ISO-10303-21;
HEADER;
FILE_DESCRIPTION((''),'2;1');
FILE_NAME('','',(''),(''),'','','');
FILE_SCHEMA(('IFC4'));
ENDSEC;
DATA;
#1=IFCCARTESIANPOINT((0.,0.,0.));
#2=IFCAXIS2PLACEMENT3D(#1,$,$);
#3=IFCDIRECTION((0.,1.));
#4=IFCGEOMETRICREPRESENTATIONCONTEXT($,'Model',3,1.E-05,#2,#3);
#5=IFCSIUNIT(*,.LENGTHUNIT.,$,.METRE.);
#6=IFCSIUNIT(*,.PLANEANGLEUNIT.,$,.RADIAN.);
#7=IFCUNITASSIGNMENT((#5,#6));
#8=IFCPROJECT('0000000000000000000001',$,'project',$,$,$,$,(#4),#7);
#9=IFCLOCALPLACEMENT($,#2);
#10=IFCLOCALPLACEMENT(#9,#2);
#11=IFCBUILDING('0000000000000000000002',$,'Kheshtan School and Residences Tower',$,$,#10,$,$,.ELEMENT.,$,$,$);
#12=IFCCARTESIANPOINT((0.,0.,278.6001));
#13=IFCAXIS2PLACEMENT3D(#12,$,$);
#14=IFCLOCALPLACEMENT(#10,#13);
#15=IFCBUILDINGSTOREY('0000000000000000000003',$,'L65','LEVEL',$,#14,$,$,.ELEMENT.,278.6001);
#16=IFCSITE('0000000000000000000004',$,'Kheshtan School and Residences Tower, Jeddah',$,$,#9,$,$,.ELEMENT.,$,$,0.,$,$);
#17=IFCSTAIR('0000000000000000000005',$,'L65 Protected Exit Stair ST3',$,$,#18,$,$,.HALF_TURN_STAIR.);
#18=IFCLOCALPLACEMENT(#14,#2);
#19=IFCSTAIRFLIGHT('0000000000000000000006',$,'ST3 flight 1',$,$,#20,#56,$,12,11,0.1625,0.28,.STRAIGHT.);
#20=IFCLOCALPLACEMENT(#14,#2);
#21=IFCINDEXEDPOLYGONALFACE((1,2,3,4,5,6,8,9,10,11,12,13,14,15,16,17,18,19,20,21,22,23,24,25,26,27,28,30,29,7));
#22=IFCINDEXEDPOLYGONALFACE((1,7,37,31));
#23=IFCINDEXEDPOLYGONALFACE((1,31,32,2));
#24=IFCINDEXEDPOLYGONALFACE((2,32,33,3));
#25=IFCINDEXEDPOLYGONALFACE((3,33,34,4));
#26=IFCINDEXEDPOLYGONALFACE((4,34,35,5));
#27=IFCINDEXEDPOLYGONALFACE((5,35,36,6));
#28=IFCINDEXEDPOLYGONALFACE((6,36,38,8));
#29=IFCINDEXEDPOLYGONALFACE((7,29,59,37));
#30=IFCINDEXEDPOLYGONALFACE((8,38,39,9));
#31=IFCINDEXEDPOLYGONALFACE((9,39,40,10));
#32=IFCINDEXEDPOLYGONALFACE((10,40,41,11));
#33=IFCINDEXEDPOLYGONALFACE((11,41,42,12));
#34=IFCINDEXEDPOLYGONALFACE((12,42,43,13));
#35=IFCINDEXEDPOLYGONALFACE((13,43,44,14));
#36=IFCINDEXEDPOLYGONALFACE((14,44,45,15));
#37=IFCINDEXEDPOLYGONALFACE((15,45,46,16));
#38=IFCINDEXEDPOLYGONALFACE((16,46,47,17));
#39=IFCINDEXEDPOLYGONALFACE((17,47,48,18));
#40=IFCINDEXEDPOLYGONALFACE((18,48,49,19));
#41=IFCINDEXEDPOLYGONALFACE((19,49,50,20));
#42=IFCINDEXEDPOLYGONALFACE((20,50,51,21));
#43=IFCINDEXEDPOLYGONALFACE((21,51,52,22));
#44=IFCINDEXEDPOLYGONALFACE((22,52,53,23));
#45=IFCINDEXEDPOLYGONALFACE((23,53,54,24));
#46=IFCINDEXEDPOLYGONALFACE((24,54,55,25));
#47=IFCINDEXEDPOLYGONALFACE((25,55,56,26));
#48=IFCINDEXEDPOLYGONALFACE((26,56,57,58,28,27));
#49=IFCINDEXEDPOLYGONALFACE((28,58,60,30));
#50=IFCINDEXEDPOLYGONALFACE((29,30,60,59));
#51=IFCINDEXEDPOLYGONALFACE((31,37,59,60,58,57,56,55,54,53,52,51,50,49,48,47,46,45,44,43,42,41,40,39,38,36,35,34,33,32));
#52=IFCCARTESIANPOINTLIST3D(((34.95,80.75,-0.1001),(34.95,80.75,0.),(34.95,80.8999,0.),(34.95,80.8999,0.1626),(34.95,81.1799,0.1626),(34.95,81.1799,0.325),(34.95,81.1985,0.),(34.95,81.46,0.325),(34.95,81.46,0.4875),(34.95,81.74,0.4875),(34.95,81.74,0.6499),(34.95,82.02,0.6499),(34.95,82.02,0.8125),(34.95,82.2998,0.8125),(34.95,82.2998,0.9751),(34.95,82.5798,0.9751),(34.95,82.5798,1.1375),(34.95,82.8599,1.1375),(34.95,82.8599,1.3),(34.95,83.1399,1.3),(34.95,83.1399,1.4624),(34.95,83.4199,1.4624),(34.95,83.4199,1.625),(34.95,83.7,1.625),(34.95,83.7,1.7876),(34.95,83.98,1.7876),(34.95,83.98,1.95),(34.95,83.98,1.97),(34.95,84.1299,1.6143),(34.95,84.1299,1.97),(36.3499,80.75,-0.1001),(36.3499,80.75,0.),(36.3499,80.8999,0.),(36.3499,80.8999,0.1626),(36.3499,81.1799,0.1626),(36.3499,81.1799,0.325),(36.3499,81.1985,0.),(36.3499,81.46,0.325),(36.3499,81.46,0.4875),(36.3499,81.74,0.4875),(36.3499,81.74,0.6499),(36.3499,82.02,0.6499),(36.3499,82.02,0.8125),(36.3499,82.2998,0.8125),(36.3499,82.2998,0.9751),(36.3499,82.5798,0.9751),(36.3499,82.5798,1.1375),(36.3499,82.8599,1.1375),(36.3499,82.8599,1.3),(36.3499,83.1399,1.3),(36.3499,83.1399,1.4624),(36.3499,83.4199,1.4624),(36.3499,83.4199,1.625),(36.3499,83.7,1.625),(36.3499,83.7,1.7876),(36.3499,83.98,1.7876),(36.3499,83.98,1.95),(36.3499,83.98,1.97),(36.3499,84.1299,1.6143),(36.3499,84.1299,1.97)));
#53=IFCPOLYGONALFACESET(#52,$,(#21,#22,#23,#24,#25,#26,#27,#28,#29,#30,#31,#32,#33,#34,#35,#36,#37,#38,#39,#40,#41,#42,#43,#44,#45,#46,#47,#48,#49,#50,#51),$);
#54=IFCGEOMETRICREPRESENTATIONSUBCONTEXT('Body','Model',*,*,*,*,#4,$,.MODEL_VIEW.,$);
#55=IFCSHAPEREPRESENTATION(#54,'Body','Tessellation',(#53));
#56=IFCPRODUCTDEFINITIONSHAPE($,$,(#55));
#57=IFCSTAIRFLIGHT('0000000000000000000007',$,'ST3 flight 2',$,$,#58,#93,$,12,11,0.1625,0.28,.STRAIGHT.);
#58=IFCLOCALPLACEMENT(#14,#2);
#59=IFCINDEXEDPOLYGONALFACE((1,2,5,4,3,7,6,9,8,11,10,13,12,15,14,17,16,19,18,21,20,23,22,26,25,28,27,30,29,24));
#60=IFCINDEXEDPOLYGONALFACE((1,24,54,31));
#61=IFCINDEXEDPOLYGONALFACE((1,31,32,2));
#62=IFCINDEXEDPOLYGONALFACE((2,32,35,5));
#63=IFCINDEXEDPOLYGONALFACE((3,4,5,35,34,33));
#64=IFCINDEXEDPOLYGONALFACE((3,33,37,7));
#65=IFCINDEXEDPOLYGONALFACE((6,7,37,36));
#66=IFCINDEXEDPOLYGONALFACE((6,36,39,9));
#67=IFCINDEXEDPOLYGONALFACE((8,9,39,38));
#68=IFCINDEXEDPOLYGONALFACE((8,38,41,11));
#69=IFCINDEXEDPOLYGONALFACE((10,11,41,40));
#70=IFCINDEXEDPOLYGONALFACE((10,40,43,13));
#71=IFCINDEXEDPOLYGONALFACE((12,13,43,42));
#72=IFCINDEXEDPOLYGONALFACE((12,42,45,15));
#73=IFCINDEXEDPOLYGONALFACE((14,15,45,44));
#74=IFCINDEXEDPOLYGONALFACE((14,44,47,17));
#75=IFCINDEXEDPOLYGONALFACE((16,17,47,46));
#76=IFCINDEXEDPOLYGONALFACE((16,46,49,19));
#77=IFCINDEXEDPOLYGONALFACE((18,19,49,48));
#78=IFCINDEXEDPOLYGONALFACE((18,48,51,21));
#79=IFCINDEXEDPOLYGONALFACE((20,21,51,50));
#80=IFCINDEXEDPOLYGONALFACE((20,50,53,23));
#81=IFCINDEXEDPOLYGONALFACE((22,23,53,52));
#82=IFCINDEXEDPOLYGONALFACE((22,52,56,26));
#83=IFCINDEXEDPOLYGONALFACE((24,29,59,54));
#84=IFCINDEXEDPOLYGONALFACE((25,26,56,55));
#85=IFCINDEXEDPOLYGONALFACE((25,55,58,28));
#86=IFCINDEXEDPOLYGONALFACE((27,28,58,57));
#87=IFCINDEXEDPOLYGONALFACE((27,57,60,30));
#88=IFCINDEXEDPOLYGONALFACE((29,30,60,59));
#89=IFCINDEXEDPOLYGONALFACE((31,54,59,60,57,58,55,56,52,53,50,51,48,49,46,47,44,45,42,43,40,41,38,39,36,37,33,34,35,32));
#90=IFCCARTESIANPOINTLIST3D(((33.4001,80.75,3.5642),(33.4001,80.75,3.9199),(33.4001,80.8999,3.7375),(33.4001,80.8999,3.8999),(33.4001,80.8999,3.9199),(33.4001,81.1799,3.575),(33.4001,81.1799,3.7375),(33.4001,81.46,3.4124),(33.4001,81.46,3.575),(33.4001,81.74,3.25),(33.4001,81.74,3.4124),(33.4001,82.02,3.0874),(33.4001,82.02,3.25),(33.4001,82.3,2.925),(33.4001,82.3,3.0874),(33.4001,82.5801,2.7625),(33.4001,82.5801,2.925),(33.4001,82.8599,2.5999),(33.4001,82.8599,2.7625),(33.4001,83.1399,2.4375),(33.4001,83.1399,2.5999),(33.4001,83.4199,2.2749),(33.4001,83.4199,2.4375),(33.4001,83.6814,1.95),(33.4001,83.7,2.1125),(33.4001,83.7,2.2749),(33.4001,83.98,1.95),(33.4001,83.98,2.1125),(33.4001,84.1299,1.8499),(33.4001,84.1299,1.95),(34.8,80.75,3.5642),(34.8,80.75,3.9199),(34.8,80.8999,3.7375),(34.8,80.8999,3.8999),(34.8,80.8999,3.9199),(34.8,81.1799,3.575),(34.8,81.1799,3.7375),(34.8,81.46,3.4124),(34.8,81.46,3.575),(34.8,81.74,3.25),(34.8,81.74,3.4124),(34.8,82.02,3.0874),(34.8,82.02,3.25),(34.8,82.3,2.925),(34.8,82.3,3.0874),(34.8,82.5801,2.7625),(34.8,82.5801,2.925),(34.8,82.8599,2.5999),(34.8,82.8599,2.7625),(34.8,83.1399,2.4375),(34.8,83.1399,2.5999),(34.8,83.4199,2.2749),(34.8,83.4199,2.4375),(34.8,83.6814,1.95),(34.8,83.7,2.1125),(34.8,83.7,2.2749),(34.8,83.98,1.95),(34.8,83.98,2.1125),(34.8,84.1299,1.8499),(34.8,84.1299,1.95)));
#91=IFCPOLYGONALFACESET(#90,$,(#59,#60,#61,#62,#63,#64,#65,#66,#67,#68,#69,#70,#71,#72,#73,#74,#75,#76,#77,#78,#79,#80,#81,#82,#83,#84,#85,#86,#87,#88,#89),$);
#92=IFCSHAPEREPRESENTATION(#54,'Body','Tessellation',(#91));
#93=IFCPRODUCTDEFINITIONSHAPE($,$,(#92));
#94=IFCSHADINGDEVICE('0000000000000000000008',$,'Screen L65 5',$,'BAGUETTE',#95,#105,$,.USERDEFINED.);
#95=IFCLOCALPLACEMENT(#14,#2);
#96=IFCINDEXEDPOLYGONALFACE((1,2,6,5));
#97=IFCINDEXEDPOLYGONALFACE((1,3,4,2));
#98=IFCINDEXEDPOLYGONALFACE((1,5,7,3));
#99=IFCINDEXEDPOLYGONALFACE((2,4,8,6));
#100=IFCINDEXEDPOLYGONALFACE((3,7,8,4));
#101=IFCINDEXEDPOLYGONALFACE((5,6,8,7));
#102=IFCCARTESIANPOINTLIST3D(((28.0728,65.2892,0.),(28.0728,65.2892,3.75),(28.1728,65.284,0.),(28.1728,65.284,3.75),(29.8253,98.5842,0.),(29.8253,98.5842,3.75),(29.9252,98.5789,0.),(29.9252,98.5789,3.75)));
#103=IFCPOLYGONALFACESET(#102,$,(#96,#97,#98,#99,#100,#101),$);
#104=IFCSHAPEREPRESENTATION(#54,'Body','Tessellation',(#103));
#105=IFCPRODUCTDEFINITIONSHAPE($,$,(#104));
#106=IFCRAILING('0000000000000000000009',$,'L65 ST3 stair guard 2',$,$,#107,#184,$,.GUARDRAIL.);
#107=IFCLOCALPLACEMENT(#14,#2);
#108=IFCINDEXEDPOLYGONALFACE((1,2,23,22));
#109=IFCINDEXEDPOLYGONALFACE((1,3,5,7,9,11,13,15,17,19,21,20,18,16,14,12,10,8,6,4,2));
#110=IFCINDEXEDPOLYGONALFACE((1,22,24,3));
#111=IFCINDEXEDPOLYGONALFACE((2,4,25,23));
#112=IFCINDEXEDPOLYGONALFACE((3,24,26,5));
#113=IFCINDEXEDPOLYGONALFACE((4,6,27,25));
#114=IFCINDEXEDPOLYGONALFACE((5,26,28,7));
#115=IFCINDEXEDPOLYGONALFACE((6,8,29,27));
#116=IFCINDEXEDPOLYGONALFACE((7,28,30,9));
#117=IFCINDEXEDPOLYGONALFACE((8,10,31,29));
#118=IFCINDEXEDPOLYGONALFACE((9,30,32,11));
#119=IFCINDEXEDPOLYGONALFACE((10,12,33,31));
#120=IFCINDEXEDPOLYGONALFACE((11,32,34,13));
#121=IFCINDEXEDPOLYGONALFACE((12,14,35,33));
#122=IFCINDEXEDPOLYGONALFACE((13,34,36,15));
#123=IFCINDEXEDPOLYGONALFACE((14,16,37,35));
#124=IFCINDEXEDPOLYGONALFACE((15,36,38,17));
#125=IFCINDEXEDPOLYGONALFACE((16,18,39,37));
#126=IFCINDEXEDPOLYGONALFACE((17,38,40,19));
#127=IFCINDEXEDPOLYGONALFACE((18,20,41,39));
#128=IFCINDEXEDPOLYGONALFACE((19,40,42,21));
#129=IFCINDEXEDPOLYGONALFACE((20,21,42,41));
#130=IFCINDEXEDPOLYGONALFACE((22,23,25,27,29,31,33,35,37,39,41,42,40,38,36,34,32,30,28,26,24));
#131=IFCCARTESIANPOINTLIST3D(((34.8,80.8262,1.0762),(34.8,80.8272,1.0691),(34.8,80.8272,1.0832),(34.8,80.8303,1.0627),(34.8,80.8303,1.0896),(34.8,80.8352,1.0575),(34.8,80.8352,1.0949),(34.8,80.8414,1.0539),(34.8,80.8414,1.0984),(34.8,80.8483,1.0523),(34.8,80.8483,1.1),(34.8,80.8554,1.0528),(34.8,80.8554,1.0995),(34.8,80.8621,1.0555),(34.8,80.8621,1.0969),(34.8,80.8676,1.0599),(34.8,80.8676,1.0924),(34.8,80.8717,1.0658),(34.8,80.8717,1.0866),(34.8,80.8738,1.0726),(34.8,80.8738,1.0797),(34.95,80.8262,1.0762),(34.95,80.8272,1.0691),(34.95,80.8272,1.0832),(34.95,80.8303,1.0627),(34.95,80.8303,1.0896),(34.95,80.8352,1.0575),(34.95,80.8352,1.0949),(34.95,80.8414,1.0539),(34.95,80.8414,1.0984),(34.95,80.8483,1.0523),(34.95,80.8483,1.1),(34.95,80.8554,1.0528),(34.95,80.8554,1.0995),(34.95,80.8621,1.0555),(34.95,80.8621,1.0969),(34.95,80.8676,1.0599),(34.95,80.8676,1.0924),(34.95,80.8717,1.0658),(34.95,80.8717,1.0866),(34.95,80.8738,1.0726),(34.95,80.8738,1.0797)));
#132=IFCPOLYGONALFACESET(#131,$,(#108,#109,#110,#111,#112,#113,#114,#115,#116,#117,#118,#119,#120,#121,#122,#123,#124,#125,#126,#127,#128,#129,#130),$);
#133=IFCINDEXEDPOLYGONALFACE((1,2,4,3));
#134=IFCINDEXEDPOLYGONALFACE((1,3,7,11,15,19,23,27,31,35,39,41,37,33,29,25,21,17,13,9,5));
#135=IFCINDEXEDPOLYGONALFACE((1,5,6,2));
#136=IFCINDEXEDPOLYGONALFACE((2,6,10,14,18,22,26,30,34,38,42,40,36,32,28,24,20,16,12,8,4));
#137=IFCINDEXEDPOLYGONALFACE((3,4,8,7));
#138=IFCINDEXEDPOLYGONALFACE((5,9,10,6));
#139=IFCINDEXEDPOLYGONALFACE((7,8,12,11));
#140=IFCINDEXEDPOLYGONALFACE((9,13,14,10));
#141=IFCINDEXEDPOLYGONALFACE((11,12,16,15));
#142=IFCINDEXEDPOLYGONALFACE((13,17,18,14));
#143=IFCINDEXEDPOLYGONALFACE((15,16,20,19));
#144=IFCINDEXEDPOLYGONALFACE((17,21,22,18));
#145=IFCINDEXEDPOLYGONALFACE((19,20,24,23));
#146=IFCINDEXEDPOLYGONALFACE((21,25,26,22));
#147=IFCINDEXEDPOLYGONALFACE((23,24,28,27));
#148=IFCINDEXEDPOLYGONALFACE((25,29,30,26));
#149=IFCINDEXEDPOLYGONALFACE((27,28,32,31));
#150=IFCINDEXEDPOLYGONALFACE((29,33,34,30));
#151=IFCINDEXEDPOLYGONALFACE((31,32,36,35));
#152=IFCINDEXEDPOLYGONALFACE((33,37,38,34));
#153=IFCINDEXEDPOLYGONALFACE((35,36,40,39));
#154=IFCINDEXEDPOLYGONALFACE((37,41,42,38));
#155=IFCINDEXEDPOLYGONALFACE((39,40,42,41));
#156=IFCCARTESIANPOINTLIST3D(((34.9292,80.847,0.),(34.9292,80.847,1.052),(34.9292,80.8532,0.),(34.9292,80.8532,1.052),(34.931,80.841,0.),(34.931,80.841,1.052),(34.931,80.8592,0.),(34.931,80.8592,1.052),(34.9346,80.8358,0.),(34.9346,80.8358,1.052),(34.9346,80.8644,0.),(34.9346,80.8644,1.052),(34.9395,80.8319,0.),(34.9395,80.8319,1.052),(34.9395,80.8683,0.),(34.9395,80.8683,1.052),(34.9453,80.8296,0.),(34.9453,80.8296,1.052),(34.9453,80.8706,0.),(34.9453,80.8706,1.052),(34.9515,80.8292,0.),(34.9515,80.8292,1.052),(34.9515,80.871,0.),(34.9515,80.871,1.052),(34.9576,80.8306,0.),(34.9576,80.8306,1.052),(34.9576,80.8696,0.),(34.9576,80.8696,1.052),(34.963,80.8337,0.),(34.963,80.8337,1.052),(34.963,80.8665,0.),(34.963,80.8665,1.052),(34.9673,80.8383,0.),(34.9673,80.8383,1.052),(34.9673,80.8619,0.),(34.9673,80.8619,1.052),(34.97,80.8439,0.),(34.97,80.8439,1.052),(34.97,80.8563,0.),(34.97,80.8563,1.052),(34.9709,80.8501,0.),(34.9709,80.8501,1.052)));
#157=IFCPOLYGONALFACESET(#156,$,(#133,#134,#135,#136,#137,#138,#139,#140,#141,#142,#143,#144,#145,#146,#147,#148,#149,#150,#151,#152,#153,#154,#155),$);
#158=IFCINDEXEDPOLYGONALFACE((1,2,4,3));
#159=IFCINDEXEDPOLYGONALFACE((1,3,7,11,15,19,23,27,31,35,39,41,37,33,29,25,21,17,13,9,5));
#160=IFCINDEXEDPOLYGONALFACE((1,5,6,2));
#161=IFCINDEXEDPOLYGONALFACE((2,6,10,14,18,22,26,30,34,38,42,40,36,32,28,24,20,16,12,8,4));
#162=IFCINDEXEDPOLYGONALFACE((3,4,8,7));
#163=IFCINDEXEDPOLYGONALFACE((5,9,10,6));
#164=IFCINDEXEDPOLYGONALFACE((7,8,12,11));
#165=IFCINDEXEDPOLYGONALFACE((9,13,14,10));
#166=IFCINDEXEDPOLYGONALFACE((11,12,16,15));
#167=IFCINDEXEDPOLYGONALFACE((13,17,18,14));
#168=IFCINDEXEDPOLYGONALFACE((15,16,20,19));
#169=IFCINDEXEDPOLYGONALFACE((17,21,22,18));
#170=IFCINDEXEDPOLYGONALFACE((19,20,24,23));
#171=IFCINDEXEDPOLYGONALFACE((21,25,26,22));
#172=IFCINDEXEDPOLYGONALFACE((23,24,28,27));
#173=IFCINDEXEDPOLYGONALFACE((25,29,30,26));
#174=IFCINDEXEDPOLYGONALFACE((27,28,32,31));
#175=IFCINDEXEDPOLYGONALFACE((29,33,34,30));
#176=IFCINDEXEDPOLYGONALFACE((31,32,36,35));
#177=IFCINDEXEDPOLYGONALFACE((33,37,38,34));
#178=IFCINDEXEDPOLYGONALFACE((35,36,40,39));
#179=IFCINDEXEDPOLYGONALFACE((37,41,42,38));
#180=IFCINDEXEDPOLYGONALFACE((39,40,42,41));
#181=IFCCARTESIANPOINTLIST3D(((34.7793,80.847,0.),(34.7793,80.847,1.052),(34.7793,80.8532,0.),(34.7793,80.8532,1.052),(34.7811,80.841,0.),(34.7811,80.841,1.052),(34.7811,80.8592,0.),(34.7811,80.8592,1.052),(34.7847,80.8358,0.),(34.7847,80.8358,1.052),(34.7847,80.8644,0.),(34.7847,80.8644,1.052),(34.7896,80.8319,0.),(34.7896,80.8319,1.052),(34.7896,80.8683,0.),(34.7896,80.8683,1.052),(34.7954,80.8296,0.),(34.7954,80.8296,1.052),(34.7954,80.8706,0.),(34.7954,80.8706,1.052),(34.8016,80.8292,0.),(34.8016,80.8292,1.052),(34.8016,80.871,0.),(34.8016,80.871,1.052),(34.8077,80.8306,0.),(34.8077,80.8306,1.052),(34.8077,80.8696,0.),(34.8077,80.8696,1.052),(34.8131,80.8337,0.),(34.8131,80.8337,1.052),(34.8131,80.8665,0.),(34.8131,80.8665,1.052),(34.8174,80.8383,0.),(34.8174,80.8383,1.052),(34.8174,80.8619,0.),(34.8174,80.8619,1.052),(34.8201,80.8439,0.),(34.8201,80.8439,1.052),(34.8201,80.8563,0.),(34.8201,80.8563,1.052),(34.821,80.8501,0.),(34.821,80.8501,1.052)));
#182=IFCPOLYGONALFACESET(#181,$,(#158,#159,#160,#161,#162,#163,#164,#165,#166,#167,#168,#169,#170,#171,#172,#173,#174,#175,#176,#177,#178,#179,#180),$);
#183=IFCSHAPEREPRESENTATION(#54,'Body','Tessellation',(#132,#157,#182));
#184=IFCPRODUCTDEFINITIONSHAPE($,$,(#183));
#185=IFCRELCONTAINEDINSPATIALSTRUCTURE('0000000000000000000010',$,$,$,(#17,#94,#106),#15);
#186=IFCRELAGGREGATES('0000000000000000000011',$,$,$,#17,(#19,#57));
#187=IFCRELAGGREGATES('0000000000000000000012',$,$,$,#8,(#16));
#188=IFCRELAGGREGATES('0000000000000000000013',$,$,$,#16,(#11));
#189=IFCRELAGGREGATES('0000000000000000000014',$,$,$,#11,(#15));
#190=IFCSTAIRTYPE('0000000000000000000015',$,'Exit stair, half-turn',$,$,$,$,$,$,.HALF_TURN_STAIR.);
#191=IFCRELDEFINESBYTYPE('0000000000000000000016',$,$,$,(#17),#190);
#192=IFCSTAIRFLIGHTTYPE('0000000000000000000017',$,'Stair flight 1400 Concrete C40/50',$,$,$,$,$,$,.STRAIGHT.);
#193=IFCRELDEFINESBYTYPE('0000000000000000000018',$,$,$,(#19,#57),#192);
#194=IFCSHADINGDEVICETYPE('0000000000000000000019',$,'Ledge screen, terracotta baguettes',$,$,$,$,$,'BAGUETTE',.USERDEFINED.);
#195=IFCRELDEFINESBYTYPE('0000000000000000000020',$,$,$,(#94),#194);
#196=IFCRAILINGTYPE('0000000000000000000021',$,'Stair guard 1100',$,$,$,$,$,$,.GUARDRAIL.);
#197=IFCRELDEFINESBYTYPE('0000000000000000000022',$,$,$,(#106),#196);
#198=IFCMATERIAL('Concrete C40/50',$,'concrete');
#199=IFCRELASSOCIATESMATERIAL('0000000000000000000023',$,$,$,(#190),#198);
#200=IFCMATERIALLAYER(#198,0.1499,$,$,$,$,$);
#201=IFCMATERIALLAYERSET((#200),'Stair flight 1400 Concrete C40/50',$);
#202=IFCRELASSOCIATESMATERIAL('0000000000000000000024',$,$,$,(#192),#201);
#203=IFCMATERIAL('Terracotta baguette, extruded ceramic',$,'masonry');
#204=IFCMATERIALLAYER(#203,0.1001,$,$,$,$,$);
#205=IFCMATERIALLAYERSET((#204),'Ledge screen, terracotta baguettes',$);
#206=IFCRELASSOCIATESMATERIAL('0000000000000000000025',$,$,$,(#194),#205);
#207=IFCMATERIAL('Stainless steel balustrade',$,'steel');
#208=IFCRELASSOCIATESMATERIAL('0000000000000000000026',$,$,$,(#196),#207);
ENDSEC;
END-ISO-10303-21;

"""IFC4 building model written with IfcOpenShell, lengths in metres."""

from ifc_helpers import new_model, si_unit, direction, frame, origin, origin_2d, place, context, subcontext, project, spatial, polyline, rectangle, circle, outline, extrude, material, layer, layer_set, type_object, element, aggregate, save


model = new_model("IFC4")

# Units and contexts
model_context = context("Model", 3, precision=1e-05, world=origin(), true_north=direction((0.0, 1.0)))
body_context = subcontext(model_context, "Body", "Model", "MODEL_VIEW")
ifc_project = project(units=[si_unit("LENGTHUNIT", "METRE"), si_unit("PLANEANGLEUNIT", "RADIAN")], contexts=[model_context])

# Site, building, storey
site_placement = place(None, origin())
site = spatial("IfcSite", under=ifc_project, at=site_placement, Name="Kheshtan School and Residences Tower, Jeddah", CompositionType="ELEMENT", RefElevation=0.0)
building_placement = place(site_placement, origin())
building = spatial("IfcBuilding", under=site, at=building_placement, Name="Kheshtan School and Residences Tower", CompositionType="ELEMENT")
storey_placement = place(building_placement, frame((0.0, 0.0, 278.6001)))
storey = spatial("IfcBuildingStorey", under=building, at=storey_placement, Name="L65", Description="LEVEL", CompositionType="ELEMENT", Elevation=278.6001)

# Shared definitions
ifc_material_1 = material(Name="Concrete C40/50", Category="concrete")

# Stair, stair flights
stair_type = type_object("IfcStairType", Name="Exit stair, half-turn", PredefinedType="HALF_TURN_STAIR", material=ifc_material_1)
stair_placement = place(storey_placement, origin())
stair = element("IfcStair", 1, at=stair_placement, inside=storey, type_object=stair_type, Name="L65 Protected Exit Stair ST3", PredefinedType="HALF_TURN_STAIR")
ifc_layer_1 = layer(ifc_material_1, 0.1499)
ifc_layer_set_1 = layer_set([ifc_layer_1], Name="Stair flight 1400 Concrete C40/50")
stair_flight_type = type_object("IfcStairFlightType", Name="Stair flight 1400 Concrete C40/50", PredefinedType="STRAIGHT", material=ifc_layer_set_1)
stair_flight_1_placement = place(storey_placement, frame((35.6499, 80.8999, 0.0), z_axis=(0.0, 0.0, 1.0), x_axis=(0.0, 1.0, 0.0)))
stair_flight_1 = element("IfcStairFlight", 2, at=stair_flight_1_placement, type_object=stair_flight_type, Name="ST3 flight 1", NumberOfRisers=12, NumberOfTreads=11, PredefinedType="STRAIGHT", RiserHeight=0.1625, TreadLength=0.28, context=body_context, shape_type="SweptSolid", body=[
    extrude(outline(polyline([(-0.1499, -0.1001), (-0.1499, 0.0), (0.0, 0.0), (0.0, 0.1626), (0.28, 0.1626), (0.28, 0.325), (0.5601, 0.325), (0.5601, 0.4875), (0.8401, 0.4875), (0.8401, 0.6499), (1.1201, 0.6499), (1.1201, 0.8125), (1.3999, 0.8125), (1.3999, 0.9751), (1.6799, 0.9751), (1.6799, 1.1375), (1.96, 1.1375), (1.96, 1.3), (2.24, 1.3), (2.24, 1.4624), (2.52, 1.4624), (2.52, 1.625), (2.8, 1.625), (2.8, 1.7876), (3.0801, 1.7876), (3.0801, 1.95), (3.0801, 1.97), (3.23, 1.97), (3.23, 1.6143), (0.2986, 0.0), (-0.1499, -0.1001)])), frame((0.0, 0.7, 0.0), z_axis=(0.0, -1.0, 0.0), x_axis=(1.0, 0.0, 0.0)), (0.0, 0.0, 1.0), 1.3999),
])
stair_flight_2_placement = place(storey_placement, frame((34.1001, 83.98, 1.95), z_axis=(0.0, 0.0, 1.0), x_axis=(0.0, -1.0, 0.0)))
stair_flight_2 = element("IfcStairFlight", 3, at=stair_flight_2_placement, type_object=stair_flight_type, Name="ST3 flight 2", NumberOfRisers=12, NumberOfTreads=11, PredefinedType="STRAIGHT", RiserHeight=0.1625, TreadLength=0.28, context=body_context, shape_type="SweptSolid", body=[
    extrude(outline(polyline([(-0.1499, -0.1001), (-0.1499, 0.0), (0.0, 0.0), (0.0, 0.1626), (0.28, 0.1626), (0.28, 0.325), (0.5601, 0.325), (0.5601, 0.4875), (0.8401, 0.4875), (0.8401, 0.6499), (1.1201, 0.6499), (1.1201, 0.8125), (1.3999, 0.8125), (1.3999, 0.9751), (1.6799, 0.9751), (1.6799, 1.1375), (1.96, 1.1375), (1.96, 1.3), (2.24, 1.3), (2.24, 1.4624), (2.52, 1.4624), (2.52, 1.625), (2.8, 1.625), (2.8, 1.7876), (3.0801, 1.7876), (3.0801, 1.95), (3.0801, 1.97), (3.23, 1.97), (3.23, 1.6143), (0.2986, 0.0), (-0.1499, -0.1001)])), frame((0.0, 0.7, 0.0), z_axis=(0.0, -1.0, 0.0), x_axis=(1.0, 0.0, 0.0)), (0.0, 0.0, 1.0), 1.3999),
])
aggregate(stair, [stair_flight_1, stair_flight_2])

# Shading device
ifc_material_2 = material(Name="Terracotta baguette, extruded ceramic", Category="masonry")
ifc_layer_2 = layer(ifc_material_2, 0.1001)
ifc_layer_set_2 = layer_set([ifc_layer_2], Name="Ledge screen, terracotta baguettes")
shading_device_type = type_object("IfcShadingDeviceType", Name="Ledge screen, terracotta baguettes", ElementType="BAGUETTE", PredefinedType="USERDEFINED", material=ifc_layer_set_2)
shading_device_placement = place(storey_placement, frame((28.999, 81.9341, 0.0), z_axis=(0.0, 0.0, 1.0), x_axis=(0.052563, 0.998618, 0.0)))
element("IfcShadingDevice", 4, at=shading_device_placement, inside=storey, type_object=shading_device_type, Name="Screen L65 5", ObjectType="BAGUETTE", PredefinedType="USERDEFINED", context=body_context, shape_type="SweptSolid", body=[
    extrude(rectangle(XDim=33.3411, YDim=0.1001, at=origin_2d()), origin(), (0.0, 0.0, 1.0), 3.75),
])

# Railing
ifc_material_3 = material(Name="Stainless steel balustrade", Category="steel")
railing_type_1 = type_object("IfcRailingType", Name="Stair guard 1100", PredefinedType="GUARDRAIL", material=ifc_material_3)
railing_1_placement = place(storey_placement, frame((34.95, 80.8501, 0.0)))
element("IfcRailing", 5, at=railing_1_placement, inside=storey, type_object=railing_type_1, Name="L65 ST3 stair guard 2", PredefinedType="GUARDRAIL", context=body_context, shape_type="SweptSolid", body=[
    extrude(circle(Radius=0.0239, at=origin_2d()), frame((0.0, 0.0, 1.0762), z_axis=(-1.0, 0.0, 0.0), x_axis=(0.0, -1.0, 0.0)), (0.0, 0.0, 1.0), 0.1499),
    extrude(circle(Radius=0.021, at=origin_2d()), origin(), (0.0, 0.0, 1.0), 1.052),
    extrude(circle(Radius=0.021, at=origin_2d()), frame((-0.1499, 0.0, 0.0)), (0.0, 0.0, 1.0), 1.052),
])

save(model, "model.ifc")
